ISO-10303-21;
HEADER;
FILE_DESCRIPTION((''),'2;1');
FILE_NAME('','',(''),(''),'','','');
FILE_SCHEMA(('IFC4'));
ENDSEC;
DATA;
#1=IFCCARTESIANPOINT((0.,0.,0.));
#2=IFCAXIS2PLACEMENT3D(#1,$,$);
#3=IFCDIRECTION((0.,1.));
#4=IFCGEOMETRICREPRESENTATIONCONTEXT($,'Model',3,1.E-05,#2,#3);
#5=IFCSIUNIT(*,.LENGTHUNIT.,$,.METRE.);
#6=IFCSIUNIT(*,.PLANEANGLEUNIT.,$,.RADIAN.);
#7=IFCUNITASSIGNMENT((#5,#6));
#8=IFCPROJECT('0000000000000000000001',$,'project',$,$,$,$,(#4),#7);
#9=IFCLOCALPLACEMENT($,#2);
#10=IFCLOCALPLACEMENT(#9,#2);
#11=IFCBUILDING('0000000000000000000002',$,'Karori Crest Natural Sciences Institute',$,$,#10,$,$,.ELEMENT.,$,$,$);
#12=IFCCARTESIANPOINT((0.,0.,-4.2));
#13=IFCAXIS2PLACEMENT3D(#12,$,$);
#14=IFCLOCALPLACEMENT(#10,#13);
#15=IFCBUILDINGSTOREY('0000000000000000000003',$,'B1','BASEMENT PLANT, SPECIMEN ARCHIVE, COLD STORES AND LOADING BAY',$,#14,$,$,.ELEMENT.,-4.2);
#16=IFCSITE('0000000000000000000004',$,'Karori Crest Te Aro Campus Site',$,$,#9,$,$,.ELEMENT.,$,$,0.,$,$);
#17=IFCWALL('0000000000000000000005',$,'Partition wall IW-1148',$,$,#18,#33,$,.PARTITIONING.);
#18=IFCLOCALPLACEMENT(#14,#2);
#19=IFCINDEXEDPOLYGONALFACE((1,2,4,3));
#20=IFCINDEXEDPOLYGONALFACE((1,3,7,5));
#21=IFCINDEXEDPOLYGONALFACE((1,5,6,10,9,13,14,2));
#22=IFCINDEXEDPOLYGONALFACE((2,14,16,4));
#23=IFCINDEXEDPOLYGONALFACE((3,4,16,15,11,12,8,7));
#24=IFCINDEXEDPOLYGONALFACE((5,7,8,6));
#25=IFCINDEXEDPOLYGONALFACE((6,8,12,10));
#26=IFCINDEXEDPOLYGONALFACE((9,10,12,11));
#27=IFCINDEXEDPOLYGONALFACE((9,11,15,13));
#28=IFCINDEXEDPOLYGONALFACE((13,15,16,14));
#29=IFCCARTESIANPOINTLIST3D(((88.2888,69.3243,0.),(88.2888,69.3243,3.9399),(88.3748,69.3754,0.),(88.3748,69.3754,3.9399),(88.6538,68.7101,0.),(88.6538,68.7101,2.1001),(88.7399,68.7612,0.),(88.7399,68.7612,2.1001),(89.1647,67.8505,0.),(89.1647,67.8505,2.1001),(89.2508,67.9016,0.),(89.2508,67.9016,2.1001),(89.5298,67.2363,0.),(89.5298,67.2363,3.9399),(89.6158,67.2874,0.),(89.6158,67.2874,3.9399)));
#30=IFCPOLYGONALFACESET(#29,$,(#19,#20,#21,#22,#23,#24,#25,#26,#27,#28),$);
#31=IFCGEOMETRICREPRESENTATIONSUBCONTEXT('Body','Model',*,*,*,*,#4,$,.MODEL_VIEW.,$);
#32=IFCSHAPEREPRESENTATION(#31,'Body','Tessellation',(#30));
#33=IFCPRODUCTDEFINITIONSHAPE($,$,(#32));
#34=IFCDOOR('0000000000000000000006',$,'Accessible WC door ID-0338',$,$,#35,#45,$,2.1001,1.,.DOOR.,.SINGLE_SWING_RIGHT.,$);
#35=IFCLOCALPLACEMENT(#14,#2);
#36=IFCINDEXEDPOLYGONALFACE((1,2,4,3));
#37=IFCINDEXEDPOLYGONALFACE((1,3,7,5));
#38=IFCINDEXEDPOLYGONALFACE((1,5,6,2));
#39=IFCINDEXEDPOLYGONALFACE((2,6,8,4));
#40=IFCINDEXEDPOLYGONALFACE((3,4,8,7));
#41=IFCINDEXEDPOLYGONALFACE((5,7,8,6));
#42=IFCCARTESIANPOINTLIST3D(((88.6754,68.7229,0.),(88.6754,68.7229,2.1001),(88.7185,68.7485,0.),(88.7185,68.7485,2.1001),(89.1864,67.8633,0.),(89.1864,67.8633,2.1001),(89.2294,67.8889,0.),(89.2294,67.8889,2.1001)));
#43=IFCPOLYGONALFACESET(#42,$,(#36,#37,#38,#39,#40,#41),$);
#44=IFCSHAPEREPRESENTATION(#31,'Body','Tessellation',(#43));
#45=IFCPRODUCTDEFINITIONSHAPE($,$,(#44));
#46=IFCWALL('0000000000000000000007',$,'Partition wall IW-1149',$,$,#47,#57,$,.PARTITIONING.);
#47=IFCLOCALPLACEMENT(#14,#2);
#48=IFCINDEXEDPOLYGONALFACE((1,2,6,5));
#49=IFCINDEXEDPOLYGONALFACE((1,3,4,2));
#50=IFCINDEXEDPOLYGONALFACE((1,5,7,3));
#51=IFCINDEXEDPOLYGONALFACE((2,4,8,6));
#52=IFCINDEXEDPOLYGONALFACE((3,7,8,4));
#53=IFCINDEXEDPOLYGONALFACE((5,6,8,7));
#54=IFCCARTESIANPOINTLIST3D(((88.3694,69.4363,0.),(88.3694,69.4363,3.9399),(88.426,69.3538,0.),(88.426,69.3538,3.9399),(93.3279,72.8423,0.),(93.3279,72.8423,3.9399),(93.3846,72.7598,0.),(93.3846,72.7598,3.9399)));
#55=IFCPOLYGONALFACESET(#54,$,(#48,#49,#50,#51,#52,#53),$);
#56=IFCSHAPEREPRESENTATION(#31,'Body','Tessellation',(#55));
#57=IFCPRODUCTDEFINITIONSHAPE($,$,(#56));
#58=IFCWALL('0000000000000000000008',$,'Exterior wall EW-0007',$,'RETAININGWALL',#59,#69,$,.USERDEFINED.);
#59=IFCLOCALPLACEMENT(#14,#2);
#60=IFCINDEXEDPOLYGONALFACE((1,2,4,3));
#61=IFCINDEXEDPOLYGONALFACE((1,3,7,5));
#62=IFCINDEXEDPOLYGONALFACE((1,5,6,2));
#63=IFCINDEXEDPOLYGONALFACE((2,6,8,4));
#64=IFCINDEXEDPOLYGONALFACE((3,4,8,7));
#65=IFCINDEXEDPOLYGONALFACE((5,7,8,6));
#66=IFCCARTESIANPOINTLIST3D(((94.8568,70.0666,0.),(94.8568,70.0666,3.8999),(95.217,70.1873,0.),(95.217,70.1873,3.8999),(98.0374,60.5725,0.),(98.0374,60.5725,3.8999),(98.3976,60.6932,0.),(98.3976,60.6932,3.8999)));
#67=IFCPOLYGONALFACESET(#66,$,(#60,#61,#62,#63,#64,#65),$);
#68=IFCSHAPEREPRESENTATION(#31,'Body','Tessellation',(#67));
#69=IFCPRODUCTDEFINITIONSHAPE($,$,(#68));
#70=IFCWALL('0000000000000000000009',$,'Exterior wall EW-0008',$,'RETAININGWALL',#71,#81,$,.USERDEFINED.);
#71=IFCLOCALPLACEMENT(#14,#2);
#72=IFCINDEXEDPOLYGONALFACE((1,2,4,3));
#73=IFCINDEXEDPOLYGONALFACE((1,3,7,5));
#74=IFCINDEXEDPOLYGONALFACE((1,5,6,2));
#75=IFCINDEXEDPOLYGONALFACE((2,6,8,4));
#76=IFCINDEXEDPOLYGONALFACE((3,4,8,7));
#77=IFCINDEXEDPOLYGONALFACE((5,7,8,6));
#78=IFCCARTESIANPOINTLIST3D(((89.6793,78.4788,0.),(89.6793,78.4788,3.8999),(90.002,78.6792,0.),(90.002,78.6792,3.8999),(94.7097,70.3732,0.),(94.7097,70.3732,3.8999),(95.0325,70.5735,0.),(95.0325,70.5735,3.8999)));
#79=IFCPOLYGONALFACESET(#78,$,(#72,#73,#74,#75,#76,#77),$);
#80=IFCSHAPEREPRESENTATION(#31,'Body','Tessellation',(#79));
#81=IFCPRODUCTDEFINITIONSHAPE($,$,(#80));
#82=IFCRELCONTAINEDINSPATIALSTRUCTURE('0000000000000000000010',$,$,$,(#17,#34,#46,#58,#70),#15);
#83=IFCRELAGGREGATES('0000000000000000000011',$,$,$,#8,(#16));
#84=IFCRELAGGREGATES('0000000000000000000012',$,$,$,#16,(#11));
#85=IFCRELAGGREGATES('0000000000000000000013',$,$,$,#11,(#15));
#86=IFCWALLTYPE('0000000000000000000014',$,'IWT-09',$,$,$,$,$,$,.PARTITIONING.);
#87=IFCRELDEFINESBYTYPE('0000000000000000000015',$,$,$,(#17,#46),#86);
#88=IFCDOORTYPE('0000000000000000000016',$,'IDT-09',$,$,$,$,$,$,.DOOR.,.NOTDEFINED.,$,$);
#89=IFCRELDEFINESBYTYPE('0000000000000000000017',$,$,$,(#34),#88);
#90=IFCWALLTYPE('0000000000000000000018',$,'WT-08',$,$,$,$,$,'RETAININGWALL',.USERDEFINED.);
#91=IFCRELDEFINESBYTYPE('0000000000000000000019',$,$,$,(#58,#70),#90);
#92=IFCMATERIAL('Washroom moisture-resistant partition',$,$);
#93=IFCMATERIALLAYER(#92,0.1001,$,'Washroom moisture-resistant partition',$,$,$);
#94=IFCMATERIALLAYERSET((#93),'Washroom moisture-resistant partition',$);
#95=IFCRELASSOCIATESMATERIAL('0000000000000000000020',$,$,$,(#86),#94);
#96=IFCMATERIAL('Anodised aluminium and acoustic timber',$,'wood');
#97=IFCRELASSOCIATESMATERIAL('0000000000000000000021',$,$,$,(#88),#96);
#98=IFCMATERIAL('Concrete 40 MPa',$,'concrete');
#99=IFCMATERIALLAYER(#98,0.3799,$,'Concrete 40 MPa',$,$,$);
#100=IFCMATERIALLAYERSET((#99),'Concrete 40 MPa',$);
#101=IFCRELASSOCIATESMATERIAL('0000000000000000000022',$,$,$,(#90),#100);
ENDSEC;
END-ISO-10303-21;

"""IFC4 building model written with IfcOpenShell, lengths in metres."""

from ifc_helpers import new_model, si_unit, direction, frame, frame_2d, origin, place, context, subcontext, project, spatial, rectangle, extrude, material, layer, layer_set, type_object, element, fill, save


model = new_model("IFC4")

# Units and contexts
model_context = context("Model", 3, precision=1e-05, world=origin(), true_north=direction((0.0, 1.0)))
body_context = subcontext(model_context, "Body", "Model", "MODEL_VIEW")
ifc_project = project(units=[si_unit("LENGTHUNIT", "METRE"), si_unit("PLANEANGLEUNIT", "RADIAN")], contexts=[model_context])

# Site, building, storey
site_placement = place(None, origin())
site = spatial("IfcSite", under=ifc_project, at=site_placement, Name="Karori Crest Te Aro Campus Site", CompositionType="ELEMENT", RefElevation=0.0)
building_placement = place(site_placement, origin())
building = spatial("IfcBuilding", under=site, at=building_placement, Name="Karori Crest Natural Sciences Institute", CompositionType="ELEMENT")
storey_placement = place(building_placement, frame((0.0, 0.0, -4.2)))
storey = spatial("IfcBuildingStorey", under=building, at=storey_placement, Name="B1", Description="BASEMENT PLANT, SPECIMEN ARCHIVE, COLD STORES AND LOADING BAY", CompositionType="ELEMENT", Elevation=-4.2)

# Shared definitions
ifc_material_1 = material(Name="Concrete 40 MPa", Category="concrete")

# Wall, opening, door
ifc_material_2 = material(Name="Washroom moisture-resistant partition")
ifc_layer_1 = layer(ifc_material_2, 0.1001, Name="Washroom moisture-resistant partition")
ifc_layer_set_1 = layer_set([ifc_layer_1], Name="Washroom moisture-resistant partition")
wall_type_1 = type_object("IfcWallType", Name="IWT-09", PredefinedType="PARTITIONING", material=ifc_layer_set_1)
wall_1_placement = place(storey_placement, frame((89.5728, 67.262, 0.0), z_axis=(0.0, 0.0, 1.0), x_axis=(-0.510929, 0.859623, 0.0)))
wall_1 = element("IfcWall", 1, at=wall_1_placement, inside=storey, type_object=wall_type_1, Name="Partition wall IW-1148", PredefinedType="PARTITIONING", context=body_context, shape_type="SweptSolid", body=[
    extrude(rectangle(XDim=2.429, YDim=0.1001, at=frame_2d((1.2144, 0.0))), origin(), (0.0, 0.0, 1.0), 3.9399),
])
opening_1_placement = place(wall_1_placement, frame((0.7144, 0.0, 0.0)))
opening_1 = element("IfcOpeningElement", 2, at=opening_1_placement, cuts=wall_1, PredefinedType="OPENING", context=body_context, shape_type="SweptSolid", body=[
    extrude(rectangle(XDim=1.0, YDim=2.1001, at=frame_2d((0.5, 1.05))), frame((0.0, 0.0601, 0.0), z_axis=(0.0, -1.0, 0.0), x_axis=(1.0, 0.0, 0.0)), (0.0, 0.0, 1.0), 0.1201),
])
ifc_material_3 = material(Name="Anodised aluminium and acoustic timber", Category="wood")
door_type_1 = type_object("IfcDoorType", Name="IDT-09", OperationType="NOTDEFINED", PredefinedType="DOOR", material=ifc_material_3)
door_1_placement = place(opening_1_placement, origin())
door_1 = element("IfcDoor", 3, at=door_1_placement, inside=storey, type_object=door_type_1, Name="Accessible WC door ID-0338", OperationType="SINGLE_SWING_RIGHT", OverallHeight=2.1001, OverallWidth=1.0, PredefinedType="DOOR", context=body_context, shape_type="SweptSolid", body=[
    extrude(rectangle(XDim=1.0, YDim=2.1001, at=frame_2d((0.5, 1.05))), frame((0.0, 0.0249, 0.0), z_axis=(0.0, -1.0, 0.0), x_axis=(1.0, 0.0, 0.0)), (0.0, 0.0, 1.0), 0.05),
])
fill(opening_1, door_1)

# Walls
wall_2_placement = place(storey_placement, frame((88.3977, 69.395, 0.0), z_axis=(0.0, 0.0, 1.0), x_axis=(0.824272, 0.566195, 0.0)))
element("IfcWall", 4, at=wall_2_placement, inside=storey, type_object=wall_type_1, Name="Partition wall IW-1149", PredefinedType="PARTITIONING", context=body_context, shape_type="SweptSolid", body=[
    extrude(rectangle(XDim=6.0156, YDim=0.1001, at=frame_2d((3.0078, 0.0))), origin(), (0.0, 0.0, 1.0), 3.9399),
])
ifc_layer_2 = layer(ifc_material_1, 0.3799, Name="Concrete 40 MPa")
ifc_layer_set_2 = layer_set([ifc_layer_2], Name="Concrete 40 MPa")
wall_type_2 = type_object("IfcWallType", Name="WT-08", ElementType="RETAININGWALL", PredefinedType="USERDEFINED", material=ifc_layer_set_2)
wall_3_placement = place(storey_placement, frame((95.0369, 70.127, 0.0), z_axis=(0.0, 0.0, 1.0), x_axis=(0.317661, -0.948204, 0.0)))
element("IfcWall", 5, at=wall_3_placement, inside=storey, type_object=wall_type_2, Name="Exterior wall EW-0007", ObjectType="RETAININGWALL", PredefinedType="USERDEFINED", context=body_context, shape_type="SweptSolid", body=[
    extrude(rectangle(XDim=10.0127, YDim=0.3799, at=frame_2d((5.0063, 0.0))), origin(), (0.0, 0.0, 1.0), 3.8999),
])
wall_4_placement = place(storey_placement, frame((89.8406, 78.5791, 0.0), z_axis=(0.0, 0.0, 1.0), x_axis=(0.527316, -0.849669, 0.0)))
element("IfcWall", 6, at=wall_4_placement, inside=storey, type_object=wall_type_2, Name="Exterior wall EW-0008", ObjectType="RETAININGWALL", PredefinedType="USERDEFINED", context=body_context, shape_type="SweptSolid", body=[
    extrude(rectangle(XDim=9.5398, YDim=0.3799, at=frame_2d((4.77, 0.0))), origin(), (0.0, 0.0, 1.0), 3.8999),
])

save(model, "model.ifc")
